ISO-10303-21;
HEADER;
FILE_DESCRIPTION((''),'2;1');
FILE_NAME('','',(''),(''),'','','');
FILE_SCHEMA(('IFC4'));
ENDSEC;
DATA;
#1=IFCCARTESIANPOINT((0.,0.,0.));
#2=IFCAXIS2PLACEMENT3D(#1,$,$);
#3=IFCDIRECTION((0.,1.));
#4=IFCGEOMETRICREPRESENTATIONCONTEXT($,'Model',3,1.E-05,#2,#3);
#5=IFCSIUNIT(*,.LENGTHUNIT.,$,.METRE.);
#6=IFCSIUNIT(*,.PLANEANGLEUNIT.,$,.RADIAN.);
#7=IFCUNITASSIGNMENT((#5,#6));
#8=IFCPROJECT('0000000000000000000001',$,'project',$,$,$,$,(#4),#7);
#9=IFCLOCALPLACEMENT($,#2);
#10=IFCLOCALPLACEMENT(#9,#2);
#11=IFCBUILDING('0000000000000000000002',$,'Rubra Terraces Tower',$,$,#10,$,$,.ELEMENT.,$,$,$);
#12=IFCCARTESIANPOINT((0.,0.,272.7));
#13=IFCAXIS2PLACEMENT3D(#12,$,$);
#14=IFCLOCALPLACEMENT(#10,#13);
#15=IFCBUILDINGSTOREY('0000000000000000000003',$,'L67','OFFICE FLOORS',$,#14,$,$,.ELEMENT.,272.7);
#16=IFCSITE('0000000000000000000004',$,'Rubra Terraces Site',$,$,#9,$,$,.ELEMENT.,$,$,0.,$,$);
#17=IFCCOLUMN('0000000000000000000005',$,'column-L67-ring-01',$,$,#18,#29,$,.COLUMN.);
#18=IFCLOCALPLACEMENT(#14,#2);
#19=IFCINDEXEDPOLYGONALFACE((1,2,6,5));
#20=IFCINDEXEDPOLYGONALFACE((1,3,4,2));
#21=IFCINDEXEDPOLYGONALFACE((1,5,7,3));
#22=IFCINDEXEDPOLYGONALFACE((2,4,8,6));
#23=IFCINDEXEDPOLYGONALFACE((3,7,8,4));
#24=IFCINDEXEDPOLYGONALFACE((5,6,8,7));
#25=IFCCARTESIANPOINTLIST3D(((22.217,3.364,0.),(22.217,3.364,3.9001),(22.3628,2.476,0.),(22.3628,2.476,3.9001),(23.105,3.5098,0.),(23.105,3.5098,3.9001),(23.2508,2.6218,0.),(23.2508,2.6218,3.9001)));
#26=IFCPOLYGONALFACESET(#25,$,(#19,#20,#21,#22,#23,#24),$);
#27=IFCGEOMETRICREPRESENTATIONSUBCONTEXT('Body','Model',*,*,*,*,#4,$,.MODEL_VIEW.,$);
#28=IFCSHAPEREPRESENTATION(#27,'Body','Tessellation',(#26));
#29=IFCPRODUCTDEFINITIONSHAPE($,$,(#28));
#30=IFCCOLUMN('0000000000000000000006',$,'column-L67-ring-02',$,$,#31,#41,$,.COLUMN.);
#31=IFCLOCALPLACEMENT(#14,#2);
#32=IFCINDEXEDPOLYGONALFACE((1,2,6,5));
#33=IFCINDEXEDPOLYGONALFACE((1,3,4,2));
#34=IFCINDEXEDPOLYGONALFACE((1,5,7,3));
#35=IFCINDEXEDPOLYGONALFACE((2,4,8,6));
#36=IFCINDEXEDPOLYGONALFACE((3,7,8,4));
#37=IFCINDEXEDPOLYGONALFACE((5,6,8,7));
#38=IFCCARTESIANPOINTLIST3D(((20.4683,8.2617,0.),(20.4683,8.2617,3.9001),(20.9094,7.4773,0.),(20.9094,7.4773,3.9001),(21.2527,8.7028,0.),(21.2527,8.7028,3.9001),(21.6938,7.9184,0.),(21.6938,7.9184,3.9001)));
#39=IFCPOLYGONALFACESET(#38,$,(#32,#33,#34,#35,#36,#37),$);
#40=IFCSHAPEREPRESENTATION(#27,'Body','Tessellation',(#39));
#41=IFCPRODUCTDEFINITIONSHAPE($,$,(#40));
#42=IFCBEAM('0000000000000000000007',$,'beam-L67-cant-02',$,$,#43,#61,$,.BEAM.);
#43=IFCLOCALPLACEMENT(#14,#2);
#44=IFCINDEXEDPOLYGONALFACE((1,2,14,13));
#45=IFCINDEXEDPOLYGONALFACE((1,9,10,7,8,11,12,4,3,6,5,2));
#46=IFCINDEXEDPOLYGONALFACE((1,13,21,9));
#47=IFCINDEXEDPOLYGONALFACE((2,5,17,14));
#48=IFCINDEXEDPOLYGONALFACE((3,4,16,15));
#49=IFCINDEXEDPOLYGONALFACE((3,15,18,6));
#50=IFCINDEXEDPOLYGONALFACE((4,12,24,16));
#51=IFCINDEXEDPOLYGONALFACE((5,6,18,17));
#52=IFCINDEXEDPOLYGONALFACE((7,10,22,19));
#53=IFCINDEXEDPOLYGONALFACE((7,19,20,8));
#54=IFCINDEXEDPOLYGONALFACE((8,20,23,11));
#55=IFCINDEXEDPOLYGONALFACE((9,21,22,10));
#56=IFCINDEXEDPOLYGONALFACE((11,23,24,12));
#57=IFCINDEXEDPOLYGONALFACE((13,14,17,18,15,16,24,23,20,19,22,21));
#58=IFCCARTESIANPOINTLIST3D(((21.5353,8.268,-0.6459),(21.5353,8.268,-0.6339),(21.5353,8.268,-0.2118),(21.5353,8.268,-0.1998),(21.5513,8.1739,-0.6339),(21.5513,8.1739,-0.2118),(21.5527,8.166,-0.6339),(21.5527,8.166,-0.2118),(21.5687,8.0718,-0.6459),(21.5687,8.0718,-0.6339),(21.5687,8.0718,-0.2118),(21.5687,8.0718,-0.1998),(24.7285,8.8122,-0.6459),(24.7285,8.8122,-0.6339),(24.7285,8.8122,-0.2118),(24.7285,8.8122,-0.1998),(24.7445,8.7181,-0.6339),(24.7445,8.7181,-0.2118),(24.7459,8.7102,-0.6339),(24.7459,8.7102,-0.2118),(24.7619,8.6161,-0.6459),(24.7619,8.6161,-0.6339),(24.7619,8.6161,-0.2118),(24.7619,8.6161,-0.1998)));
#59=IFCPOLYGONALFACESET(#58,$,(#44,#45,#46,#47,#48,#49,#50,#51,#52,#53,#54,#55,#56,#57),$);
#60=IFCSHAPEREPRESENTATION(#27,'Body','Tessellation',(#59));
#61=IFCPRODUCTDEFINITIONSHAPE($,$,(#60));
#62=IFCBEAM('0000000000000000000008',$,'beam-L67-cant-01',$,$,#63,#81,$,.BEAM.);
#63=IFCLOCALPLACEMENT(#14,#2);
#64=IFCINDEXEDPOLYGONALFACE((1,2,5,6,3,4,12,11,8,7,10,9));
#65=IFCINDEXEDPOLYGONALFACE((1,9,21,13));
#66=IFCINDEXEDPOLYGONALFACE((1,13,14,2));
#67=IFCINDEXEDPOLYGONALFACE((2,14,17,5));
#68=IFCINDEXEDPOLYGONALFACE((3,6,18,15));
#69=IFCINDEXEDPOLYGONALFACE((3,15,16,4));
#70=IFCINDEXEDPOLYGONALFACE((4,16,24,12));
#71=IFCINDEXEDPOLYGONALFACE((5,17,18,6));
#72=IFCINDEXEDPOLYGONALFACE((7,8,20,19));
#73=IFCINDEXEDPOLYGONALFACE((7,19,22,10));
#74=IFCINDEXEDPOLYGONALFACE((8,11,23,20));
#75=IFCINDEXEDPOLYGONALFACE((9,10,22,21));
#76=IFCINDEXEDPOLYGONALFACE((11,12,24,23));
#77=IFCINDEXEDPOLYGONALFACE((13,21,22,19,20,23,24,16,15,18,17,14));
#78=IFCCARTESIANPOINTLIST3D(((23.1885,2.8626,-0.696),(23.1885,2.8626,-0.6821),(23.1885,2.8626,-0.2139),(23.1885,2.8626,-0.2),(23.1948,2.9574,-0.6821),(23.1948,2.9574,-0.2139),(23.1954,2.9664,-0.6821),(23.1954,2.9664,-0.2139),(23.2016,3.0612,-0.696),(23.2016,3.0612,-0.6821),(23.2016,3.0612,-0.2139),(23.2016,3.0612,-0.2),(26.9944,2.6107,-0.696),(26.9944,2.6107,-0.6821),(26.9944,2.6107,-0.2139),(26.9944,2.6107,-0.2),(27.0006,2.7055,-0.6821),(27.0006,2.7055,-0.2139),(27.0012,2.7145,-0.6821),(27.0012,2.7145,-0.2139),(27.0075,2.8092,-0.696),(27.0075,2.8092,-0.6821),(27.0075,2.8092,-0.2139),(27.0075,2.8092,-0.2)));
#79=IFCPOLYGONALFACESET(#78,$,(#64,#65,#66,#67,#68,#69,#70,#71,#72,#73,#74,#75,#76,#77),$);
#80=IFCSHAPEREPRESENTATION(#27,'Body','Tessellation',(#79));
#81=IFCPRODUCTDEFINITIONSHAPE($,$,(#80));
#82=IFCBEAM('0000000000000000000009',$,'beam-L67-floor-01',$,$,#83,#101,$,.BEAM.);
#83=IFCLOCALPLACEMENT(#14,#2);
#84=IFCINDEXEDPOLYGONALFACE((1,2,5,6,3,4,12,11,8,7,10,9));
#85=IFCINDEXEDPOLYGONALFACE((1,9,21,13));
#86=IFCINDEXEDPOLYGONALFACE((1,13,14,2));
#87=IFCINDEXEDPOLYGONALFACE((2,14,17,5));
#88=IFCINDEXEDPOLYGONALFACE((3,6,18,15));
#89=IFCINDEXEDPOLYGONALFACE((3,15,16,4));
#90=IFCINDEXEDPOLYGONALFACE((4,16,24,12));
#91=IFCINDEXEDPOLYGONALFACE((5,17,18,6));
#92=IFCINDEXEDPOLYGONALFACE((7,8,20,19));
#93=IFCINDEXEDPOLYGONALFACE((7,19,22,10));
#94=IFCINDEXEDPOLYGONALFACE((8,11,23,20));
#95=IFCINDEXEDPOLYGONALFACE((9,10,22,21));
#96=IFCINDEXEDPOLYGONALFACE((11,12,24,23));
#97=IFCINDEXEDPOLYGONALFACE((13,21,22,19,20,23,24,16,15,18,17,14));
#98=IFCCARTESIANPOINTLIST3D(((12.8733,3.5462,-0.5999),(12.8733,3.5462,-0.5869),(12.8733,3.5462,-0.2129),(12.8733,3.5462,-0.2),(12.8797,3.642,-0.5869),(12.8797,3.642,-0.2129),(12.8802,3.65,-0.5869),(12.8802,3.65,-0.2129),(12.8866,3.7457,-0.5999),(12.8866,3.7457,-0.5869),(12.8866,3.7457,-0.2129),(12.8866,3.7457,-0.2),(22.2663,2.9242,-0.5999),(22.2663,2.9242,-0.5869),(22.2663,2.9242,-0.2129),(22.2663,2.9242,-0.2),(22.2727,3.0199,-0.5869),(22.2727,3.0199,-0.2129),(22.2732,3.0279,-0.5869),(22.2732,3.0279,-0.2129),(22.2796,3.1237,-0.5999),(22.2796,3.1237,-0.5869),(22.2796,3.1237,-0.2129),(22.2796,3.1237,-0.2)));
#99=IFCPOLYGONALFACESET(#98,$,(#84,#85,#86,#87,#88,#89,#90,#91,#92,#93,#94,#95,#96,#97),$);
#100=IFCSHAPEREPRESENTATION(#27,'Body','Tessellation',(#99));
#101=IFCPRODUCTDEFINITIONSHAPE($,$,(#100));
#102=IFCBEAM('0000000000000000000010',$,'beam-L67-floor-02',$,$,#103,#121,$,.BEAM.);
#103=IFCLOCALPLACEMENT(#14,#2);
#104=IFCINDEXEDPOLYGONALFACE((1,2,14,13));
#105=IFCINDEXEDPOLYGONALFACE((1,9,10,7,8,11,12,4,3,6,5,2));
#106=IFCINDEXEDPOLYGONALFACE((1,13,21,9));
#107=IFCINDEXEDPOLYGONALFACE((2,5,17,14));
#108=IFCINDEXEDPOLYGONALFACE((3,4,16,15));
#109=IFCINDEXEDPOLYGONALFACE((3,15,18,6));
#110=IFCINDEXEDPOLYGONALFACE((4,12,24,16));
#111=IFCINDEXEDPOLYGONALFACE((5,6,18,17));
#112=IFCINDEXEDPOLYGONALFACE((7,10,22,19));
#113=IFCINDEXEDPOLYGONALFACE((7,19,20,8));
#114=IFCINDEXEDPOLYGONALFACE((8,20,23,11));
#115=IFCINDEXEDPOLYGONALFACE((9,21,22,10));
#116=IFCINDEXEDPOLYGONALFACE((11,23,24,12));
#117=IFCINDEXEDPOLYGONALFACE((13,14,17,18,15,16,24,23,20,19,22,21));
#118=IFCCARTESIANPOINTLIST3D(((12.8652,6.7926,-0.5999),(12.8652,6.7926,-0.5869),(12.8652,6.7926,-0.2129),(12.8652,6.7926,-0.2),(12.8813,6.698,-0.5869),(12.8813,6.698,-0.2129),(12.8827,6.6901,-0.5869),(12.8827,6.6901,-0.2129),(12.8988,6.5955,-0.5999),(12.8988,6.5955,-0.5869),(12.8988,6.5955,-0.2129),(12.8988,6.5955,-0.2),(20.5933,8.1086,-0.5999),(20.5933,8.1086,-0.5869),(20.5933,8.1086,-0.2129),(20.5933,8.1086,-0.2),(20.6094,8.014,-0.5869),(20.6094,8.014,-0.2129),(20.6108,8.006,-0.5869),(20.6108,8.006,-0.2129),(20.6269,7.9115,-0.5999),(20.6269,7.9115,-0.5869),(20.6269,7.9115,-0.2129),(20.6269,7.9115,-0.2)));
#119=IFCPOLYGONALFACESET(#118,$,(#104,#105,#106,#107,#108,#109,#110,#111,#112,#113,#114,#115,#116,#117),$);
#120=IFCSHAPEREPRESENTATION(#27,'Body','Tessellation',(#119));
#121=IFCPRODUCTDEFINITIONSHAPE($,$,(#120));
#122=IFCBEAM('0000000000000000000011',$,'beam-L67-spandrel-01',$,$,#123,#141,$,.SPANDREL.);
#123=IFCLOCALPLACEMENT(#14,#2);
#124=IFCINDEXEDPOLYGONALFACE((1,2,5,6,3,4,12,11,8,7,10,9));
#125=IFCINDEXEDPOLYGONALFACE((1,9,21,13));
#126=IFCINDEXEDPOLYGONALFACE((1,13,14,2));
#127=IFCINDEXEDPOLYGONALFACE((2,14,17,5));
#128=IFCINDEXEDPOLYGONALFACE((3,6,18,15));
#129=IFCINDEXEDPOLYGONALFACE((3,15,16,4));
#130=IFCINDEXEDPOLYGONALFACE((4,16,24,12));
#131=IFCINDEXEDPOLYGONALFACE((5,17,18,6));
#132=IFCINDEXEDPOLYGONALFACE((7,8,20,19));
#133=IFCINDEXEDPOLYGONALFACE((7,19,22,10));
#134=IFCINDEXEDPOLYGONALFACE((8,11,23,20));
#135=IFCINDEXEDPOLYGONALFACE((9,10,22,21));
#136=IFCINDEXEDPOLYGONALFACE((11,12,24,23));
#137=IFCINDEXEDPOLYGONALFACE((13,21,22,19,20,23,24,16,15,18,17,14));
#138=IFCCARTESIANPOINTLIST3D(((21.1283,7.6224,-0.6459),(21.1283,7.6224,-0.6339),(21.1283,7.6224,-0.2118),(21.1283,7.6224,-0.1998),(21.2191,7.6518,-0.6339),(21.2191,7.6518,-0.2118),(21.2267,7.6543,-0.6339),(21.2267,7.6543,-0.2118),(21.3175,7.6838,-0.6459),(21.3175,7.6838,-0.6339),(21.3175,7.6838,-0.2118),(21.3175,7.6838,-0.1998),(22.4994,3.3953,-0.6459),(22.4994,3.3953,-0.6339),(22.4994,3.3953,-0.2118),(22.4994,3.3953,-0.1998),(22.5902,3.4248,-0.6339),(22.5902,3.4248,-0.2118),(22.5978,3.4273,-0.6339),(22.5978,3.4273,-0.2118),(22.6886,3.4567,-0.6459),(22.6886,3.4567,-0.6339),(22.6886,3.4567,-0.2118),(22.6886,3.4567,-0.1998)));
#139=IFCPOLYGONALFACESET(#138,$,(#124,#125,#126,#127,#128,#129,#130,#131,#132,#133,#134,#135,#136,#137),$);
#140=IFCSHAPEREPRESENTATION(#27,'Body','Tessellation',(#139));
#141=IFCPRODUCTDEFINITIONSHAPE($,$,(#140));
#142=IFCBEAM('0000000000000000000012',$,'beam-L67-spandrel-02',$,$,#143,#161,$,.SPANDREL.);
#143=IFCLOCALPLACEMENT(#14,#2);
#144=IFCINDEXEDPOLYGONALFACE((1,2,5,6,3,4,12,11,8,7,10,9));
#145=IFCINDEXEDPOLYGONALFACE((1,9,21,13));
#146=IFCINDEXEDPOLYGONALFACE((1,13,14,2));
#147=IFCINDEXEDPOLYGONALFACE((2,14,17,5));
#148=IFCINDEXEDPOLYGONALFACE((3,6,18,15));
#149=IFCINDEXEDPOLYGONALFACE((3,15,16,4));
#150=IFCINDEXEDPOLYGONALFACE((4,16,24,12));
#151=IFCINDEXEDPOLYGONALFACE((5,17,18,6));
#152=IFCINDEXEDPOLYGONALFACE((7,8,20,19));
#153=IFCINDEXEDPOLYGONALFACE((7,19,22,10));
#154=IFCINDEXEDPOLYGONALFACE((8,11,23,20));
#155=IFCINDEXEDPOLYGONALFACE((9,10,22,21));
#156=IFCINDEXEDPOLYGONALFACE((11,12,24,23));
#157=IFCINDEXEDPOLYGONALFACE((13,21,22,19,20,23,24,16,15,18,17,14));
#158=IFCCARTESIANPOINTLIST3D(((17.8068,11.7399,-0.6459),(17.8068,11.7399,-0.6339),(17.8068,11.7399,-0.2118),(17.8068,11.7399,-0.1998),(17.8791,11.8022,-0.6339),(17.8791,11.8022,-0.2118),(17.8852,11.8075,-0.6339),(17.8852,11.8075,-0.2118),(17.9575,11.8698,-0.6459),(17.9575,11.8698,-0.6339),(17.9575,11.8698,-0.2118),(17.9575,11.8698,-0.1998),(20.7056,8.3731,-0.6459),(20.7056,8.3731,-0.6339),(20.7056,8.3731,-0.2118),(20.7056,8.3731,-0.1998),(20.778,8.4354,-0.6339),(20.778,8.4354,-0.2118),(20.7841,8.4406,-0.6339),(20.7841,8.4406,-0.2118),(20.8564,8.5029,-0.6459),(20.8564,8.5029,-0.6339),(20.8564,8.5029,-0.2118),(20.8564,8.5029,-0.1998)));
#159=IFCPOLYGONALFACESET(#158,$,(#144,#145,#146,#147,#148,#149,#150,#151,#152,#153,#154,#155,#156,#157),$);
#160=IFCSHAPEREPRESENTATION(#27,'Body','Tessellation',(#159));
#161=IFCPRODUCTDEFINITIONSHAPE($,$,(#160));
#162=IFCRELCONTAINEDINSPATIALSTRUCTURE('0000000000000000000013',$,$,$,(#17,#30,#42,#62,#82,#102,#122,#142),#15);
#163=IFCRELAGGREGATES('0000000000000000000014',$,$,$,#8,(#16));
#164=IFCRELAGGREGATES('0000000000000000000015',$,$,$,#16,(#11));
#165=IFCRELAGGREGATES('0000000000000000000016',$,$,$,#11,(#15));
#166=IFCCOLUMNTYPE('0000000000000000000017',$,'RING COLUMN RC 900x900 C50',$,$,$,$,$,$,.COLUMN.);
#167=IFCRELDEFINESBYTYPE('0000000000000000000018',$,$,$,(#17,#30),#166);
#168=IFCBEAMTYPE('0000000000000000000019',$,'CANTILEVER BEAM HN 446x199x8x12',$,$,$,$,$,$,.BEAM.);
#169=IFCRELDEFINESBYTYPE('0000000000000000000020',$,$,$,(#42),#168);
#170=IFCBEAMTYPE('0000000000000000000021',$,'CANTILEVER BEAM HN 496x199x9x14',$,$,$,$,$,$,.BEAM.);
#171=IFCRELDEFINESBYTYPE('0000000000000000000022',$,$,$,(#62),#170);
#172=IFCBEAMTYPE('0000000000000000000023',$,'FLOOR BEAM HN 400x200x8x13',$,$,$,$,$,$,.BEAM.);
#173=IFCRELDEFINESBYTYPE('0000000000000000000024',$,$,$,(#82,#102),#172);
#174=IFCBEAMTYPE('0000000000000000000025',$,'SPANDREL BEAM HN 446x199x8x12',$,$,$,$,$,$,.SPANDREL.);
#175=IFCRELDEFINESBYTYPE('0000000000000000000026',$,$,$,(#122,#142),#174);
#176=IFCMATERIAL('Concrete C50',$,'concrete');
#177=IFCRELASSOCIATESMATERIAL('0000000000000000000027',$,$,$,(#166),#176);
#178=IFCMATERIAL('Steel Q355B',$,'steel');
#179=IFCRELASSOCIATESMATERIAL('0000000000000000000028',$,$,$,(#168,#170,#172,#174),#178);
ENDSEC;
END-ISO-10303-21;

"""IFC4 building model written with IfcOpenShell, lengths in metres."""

from ifc_helpers import new_model, si_unit, direction, frame, origin, origin_2d, place, context, subcontext, project, spatial, rectangle, i_section, extrude, material, material_profile, profile_set, type_object, element, save


model = new_model("IFC4")

# Units and contexts
model_context = context("Model", 3, precision=1e-05, world=origin(), true_north=direction((0.0, 1.0)))
body_context = subcontext(model_context, "Body", "Model", "MODEL_VIEW")
ifc_project = project(units=[si_unit("LENGTHUNIT", "METRE"), si_unit("PLANEANGLEUNIT", "RADIAN")], contexts=[model_context])

# Site, building, storey
site_placement = place(None, origin())
site = spatial("IfcSite", under=ifc_project, at=site_placement, Name="Rubra Terraces Site", CompositionType="ELEMENT", RefElevation=0.0)
building_placement = place(site_placement, origin())
building = spatial("IfcBuilding", under=site, at=building_placement, Name="Rubra Terraces Tower", CompositionType="ELEMENT")
storey_placement = place(building_placement, frame((0.0, 0.0, 272.7)))
storey = spatial("IfcBuildingStorey", under=building, at=storey_placement, Name="L67", Description="OFFICE FLOORS", CompositionType="ELEMENT", Elevation=272.7)

# Columns
ifc_material_1 = material(Name="Concrete C50", Category="concrete")
ifc_material_profile_1 = material_profile(ifc_material_1, rectangle(XDim=0.8999, YDim=0.8999, at=origin_2d()), Name="RC 900x900")
ifc_profile_set_1 = profile_set([ifc_material_profile_1], Name="Concrete C50")
column_type = type_object("IfcColumnType", Name="RING COLUMN RC 900x900 C50", PredefinedType="COLUMN", material=ifc_profile_set_1)
for number, where, z_axis, x_axis, name in (
    (1, (22.7339, 2.9929, 0.0), (0.0, 0.0, 1.0), (-0.162062, 0.986781, 0.0), "column-L67-ring-01"),
    (2, (21.0811, 8.0901, 0.0), (0.0, 0.0, 1.0), (-0.490162, 0.871631, 0.0), "column-L67-ring-02"),
):
    element("IfcColumn", number, at=place(storey_placement, frame(where, z_axis=z_axis, x_axis=x_axis)), inside=storey, type_object=column_type, Name=name, PredefinedType="COLUMN", context=body_context, shape_type="SweptSolid", body=[
        extrude(rectangle(XDim=0.8999, YDim=0.8999, at=origin_2d()), origin(), (0.0, 0.0, 1.0), 3.9001),
    ])

# Beams
ifc_material_2 = material(Name="Steel Q355B", Category="steel")
ifc_material_profile_2 = material_profile(ifc_material_2, i_section(OverallWidth=0.199, OverallDepth=0.446, WebThickness=0.0081, FlangeThickness=0.012, at=origin_2d()), Name="HN 446x199x8x12")
ifc_profile_set_2 = profile_set([ifc_material_profile_2], Name="Steel Q355B")
beam_type_1 = type_object("IfcBeamType", Name="CANTILEVER BEAM HN 446x199x8x12", PredefinedType="BEAM", material=ifc_profile_set_2)
beam_1_placement = place(storey_placement, frame((21.552, 8.1699, -0.4229), z_axis=(0.985786, 0.168004, 0.0), x_axis=(-0.168004, 0.985786, 0.0)))
element("IfcBeam", 3, at=beam_1_placement, inside=storey, type_object=beam_type_1, Name="beam-L67-cant-02", PredefinedType="BEAM", context=body_context, shape_type="SweptSolid", body=[
    extrude(i_section(OverallWidth=0.199, OverallDepth=0.446, WebThickness=0.0081, FlangeThickness=0.012, at=origin_2d()), origin(), (0.0, 0.0, 1.0), 3.2393),
])
ifc_material_profile_3 = material_profile(ifc_material_2, i_section(OverallWidth=0.199, OverallDepth=0.4961, WebThickness=0.009, FlangeThickness=0.0139, at=origin_2d()), Name="HN 496x199x9x14")
ifc_profile_set_3 = profile_set([ifc_material_profile_3], Name="Steel Q355B")
beam_type_2 = type_object("IfcBeamType", Name="CANTILEVER BEAM HN 496x199x9x14", PredefinedType="BEAM", material=ifc_profile_set_3)
beam_2_placement = place(storey_placement, frame((23.1951, 2.9619, -0.448), z_axis=(0.997816, -0.066056, 0.0), x_axis=(0.066056, 0.997816, 0.0)))
element("IfcBeam", 4, at=beam_2_placement, inside=storey, type_object=beam_type_2, Name="beam-L67-cant-01", PredefinedType="BEAM", context=body_context, shape_type="SweptSolid", body=[
    extrude(i_section(OverallWidth=0.199, OverallDepth=0.4961, WebThickness=0.009, FlangeThickness=0.0139, at=origin_2d()), origin(), (0.0, 0.0, 1.0), 3.8142),
])
ifc_material_profile_4 = material_profile(ifc_material_2, i_section(OverallWidth=0.2, OverallDepth=0.3999, WebThickness=0.0081, FlangeThickness=0.0129, at=origin_2d()), Name="HN 400x200x8x13")
ifc_profile_set_4 = profile_set([ifc_material_profile_4], Name="Steel Q355B")
beam_type_3 = type_object("IfcBeamType", Name="FLOOR BEAM HN 400x200x8x13", PredefinedType="BEAM", material=ifc_profile_set_4)
beam_3_placement = place(storey_placement, frame((22.2729, 3.0239, -0.3999), z_axis=(-0.997814, 0.066082, 0.0), x_axis=(-0.066082, -0.997814, 0.0)))
element("IfcBeam", 5, at=beam_3_placement, inside=storey, type_object=beam_type_3, Name="beam-L67-floor-01", PredefinedType="BEAM", context=body_context, shape_type="SweptSolid", body=[
    extrude(i_section(OverallWidth=0.2, OverallDepth=0.3999, WebThickness=0.0081, FlangeThickness=0.0129, at=origin_2d()), origin(), (0.0, 0.0, 1.0), 9.4136),
])
beam_4_placement = place(storey_placement, frame((20.6101, 8.01, -0.3999), z_axis=(-0.98581, -0.167862, 0.0), x_axis=(0.167862, -0.98581, 0.0)))
element("IfcBeam", 6, at=beam_4_placement, inside=storey, type_object=beam_type_3, Name="beam-L67-floor-02", PredefinedType="BEAM", context=body_context, shape_type="SweptSolid", body=[
    extrude(i_section(OverallWidth=0.2, OverallDepth=0.3999, WebThickness=0.0081, FlangeThickness=0.0129, at=origin_2d()), origin(), (0.0, 0.0, 1.0), 7.8394),
])
ifc_material_profile_5 = material_profile(ifc_material_2, i_section(OverallWidth=0.199, OverallDepth=0.446, WebThickness=0.0081, FlangeThickness=0.012, at=origin_2d()), Name="HN 446x199x8x12")
ifc_profile_set_5 = profile_set([ifc_material_profile_5], Name="Steel Q355B")
beam_type_4 = type_object("IfcBeamType", Name="SPANDREL BEAM HN 446x199x8x12", PredefinedType="SPANDREL", material=ifc_profile_set_5)
beam_5_placement = place(storey_placement, frame((22.594, 3.426, -0.4229), z_axis=(-0.308537, 0.951212, 0.0), x_axis=(-0.951212, -0.308537, 0.0)))
element("IfcBeam", 7, at=beam_5_placement, inside=storey, type_object=beam_type_4, Name="beam-L67-spandrel-01", PredefinedType="SPANDREL", context=body_context, shape_type="SweptSolid", body=[
    extrude(i_section(OverallWidth=0.199, OverallDepth=0.446, WebThickness=0.0081, FlangeThickness=0.012, at=origin_2d()), origin(), (0.0, 0.0, 1.0), 4.4438),
])
beam_6_placement = place(storey_placement, frame((20.781, 8.438, -0.4229), z_axis=(-0.652473, 0.757812, 0.0), x_axis=(-0.757812, -0.652473, 0.0)))
element("IfcBeam", 8, at=beam_6_placement, inside=storey, type_object=beam_type_4, Name="beam-L67-spandrel-02", PredefinedType="SPANDREL", context=body_context, shape_type="SweptSolid", body=[
    extrude(i_section(OverallWidth=0.199, OverallDepth=0.446, WebThickness=0.0081, FlangeThickness=0.012, at=origin_2d()), origin(), (0.0, 0.0, 1.0), 4.4429),
])

save(model, "model.ifc")
